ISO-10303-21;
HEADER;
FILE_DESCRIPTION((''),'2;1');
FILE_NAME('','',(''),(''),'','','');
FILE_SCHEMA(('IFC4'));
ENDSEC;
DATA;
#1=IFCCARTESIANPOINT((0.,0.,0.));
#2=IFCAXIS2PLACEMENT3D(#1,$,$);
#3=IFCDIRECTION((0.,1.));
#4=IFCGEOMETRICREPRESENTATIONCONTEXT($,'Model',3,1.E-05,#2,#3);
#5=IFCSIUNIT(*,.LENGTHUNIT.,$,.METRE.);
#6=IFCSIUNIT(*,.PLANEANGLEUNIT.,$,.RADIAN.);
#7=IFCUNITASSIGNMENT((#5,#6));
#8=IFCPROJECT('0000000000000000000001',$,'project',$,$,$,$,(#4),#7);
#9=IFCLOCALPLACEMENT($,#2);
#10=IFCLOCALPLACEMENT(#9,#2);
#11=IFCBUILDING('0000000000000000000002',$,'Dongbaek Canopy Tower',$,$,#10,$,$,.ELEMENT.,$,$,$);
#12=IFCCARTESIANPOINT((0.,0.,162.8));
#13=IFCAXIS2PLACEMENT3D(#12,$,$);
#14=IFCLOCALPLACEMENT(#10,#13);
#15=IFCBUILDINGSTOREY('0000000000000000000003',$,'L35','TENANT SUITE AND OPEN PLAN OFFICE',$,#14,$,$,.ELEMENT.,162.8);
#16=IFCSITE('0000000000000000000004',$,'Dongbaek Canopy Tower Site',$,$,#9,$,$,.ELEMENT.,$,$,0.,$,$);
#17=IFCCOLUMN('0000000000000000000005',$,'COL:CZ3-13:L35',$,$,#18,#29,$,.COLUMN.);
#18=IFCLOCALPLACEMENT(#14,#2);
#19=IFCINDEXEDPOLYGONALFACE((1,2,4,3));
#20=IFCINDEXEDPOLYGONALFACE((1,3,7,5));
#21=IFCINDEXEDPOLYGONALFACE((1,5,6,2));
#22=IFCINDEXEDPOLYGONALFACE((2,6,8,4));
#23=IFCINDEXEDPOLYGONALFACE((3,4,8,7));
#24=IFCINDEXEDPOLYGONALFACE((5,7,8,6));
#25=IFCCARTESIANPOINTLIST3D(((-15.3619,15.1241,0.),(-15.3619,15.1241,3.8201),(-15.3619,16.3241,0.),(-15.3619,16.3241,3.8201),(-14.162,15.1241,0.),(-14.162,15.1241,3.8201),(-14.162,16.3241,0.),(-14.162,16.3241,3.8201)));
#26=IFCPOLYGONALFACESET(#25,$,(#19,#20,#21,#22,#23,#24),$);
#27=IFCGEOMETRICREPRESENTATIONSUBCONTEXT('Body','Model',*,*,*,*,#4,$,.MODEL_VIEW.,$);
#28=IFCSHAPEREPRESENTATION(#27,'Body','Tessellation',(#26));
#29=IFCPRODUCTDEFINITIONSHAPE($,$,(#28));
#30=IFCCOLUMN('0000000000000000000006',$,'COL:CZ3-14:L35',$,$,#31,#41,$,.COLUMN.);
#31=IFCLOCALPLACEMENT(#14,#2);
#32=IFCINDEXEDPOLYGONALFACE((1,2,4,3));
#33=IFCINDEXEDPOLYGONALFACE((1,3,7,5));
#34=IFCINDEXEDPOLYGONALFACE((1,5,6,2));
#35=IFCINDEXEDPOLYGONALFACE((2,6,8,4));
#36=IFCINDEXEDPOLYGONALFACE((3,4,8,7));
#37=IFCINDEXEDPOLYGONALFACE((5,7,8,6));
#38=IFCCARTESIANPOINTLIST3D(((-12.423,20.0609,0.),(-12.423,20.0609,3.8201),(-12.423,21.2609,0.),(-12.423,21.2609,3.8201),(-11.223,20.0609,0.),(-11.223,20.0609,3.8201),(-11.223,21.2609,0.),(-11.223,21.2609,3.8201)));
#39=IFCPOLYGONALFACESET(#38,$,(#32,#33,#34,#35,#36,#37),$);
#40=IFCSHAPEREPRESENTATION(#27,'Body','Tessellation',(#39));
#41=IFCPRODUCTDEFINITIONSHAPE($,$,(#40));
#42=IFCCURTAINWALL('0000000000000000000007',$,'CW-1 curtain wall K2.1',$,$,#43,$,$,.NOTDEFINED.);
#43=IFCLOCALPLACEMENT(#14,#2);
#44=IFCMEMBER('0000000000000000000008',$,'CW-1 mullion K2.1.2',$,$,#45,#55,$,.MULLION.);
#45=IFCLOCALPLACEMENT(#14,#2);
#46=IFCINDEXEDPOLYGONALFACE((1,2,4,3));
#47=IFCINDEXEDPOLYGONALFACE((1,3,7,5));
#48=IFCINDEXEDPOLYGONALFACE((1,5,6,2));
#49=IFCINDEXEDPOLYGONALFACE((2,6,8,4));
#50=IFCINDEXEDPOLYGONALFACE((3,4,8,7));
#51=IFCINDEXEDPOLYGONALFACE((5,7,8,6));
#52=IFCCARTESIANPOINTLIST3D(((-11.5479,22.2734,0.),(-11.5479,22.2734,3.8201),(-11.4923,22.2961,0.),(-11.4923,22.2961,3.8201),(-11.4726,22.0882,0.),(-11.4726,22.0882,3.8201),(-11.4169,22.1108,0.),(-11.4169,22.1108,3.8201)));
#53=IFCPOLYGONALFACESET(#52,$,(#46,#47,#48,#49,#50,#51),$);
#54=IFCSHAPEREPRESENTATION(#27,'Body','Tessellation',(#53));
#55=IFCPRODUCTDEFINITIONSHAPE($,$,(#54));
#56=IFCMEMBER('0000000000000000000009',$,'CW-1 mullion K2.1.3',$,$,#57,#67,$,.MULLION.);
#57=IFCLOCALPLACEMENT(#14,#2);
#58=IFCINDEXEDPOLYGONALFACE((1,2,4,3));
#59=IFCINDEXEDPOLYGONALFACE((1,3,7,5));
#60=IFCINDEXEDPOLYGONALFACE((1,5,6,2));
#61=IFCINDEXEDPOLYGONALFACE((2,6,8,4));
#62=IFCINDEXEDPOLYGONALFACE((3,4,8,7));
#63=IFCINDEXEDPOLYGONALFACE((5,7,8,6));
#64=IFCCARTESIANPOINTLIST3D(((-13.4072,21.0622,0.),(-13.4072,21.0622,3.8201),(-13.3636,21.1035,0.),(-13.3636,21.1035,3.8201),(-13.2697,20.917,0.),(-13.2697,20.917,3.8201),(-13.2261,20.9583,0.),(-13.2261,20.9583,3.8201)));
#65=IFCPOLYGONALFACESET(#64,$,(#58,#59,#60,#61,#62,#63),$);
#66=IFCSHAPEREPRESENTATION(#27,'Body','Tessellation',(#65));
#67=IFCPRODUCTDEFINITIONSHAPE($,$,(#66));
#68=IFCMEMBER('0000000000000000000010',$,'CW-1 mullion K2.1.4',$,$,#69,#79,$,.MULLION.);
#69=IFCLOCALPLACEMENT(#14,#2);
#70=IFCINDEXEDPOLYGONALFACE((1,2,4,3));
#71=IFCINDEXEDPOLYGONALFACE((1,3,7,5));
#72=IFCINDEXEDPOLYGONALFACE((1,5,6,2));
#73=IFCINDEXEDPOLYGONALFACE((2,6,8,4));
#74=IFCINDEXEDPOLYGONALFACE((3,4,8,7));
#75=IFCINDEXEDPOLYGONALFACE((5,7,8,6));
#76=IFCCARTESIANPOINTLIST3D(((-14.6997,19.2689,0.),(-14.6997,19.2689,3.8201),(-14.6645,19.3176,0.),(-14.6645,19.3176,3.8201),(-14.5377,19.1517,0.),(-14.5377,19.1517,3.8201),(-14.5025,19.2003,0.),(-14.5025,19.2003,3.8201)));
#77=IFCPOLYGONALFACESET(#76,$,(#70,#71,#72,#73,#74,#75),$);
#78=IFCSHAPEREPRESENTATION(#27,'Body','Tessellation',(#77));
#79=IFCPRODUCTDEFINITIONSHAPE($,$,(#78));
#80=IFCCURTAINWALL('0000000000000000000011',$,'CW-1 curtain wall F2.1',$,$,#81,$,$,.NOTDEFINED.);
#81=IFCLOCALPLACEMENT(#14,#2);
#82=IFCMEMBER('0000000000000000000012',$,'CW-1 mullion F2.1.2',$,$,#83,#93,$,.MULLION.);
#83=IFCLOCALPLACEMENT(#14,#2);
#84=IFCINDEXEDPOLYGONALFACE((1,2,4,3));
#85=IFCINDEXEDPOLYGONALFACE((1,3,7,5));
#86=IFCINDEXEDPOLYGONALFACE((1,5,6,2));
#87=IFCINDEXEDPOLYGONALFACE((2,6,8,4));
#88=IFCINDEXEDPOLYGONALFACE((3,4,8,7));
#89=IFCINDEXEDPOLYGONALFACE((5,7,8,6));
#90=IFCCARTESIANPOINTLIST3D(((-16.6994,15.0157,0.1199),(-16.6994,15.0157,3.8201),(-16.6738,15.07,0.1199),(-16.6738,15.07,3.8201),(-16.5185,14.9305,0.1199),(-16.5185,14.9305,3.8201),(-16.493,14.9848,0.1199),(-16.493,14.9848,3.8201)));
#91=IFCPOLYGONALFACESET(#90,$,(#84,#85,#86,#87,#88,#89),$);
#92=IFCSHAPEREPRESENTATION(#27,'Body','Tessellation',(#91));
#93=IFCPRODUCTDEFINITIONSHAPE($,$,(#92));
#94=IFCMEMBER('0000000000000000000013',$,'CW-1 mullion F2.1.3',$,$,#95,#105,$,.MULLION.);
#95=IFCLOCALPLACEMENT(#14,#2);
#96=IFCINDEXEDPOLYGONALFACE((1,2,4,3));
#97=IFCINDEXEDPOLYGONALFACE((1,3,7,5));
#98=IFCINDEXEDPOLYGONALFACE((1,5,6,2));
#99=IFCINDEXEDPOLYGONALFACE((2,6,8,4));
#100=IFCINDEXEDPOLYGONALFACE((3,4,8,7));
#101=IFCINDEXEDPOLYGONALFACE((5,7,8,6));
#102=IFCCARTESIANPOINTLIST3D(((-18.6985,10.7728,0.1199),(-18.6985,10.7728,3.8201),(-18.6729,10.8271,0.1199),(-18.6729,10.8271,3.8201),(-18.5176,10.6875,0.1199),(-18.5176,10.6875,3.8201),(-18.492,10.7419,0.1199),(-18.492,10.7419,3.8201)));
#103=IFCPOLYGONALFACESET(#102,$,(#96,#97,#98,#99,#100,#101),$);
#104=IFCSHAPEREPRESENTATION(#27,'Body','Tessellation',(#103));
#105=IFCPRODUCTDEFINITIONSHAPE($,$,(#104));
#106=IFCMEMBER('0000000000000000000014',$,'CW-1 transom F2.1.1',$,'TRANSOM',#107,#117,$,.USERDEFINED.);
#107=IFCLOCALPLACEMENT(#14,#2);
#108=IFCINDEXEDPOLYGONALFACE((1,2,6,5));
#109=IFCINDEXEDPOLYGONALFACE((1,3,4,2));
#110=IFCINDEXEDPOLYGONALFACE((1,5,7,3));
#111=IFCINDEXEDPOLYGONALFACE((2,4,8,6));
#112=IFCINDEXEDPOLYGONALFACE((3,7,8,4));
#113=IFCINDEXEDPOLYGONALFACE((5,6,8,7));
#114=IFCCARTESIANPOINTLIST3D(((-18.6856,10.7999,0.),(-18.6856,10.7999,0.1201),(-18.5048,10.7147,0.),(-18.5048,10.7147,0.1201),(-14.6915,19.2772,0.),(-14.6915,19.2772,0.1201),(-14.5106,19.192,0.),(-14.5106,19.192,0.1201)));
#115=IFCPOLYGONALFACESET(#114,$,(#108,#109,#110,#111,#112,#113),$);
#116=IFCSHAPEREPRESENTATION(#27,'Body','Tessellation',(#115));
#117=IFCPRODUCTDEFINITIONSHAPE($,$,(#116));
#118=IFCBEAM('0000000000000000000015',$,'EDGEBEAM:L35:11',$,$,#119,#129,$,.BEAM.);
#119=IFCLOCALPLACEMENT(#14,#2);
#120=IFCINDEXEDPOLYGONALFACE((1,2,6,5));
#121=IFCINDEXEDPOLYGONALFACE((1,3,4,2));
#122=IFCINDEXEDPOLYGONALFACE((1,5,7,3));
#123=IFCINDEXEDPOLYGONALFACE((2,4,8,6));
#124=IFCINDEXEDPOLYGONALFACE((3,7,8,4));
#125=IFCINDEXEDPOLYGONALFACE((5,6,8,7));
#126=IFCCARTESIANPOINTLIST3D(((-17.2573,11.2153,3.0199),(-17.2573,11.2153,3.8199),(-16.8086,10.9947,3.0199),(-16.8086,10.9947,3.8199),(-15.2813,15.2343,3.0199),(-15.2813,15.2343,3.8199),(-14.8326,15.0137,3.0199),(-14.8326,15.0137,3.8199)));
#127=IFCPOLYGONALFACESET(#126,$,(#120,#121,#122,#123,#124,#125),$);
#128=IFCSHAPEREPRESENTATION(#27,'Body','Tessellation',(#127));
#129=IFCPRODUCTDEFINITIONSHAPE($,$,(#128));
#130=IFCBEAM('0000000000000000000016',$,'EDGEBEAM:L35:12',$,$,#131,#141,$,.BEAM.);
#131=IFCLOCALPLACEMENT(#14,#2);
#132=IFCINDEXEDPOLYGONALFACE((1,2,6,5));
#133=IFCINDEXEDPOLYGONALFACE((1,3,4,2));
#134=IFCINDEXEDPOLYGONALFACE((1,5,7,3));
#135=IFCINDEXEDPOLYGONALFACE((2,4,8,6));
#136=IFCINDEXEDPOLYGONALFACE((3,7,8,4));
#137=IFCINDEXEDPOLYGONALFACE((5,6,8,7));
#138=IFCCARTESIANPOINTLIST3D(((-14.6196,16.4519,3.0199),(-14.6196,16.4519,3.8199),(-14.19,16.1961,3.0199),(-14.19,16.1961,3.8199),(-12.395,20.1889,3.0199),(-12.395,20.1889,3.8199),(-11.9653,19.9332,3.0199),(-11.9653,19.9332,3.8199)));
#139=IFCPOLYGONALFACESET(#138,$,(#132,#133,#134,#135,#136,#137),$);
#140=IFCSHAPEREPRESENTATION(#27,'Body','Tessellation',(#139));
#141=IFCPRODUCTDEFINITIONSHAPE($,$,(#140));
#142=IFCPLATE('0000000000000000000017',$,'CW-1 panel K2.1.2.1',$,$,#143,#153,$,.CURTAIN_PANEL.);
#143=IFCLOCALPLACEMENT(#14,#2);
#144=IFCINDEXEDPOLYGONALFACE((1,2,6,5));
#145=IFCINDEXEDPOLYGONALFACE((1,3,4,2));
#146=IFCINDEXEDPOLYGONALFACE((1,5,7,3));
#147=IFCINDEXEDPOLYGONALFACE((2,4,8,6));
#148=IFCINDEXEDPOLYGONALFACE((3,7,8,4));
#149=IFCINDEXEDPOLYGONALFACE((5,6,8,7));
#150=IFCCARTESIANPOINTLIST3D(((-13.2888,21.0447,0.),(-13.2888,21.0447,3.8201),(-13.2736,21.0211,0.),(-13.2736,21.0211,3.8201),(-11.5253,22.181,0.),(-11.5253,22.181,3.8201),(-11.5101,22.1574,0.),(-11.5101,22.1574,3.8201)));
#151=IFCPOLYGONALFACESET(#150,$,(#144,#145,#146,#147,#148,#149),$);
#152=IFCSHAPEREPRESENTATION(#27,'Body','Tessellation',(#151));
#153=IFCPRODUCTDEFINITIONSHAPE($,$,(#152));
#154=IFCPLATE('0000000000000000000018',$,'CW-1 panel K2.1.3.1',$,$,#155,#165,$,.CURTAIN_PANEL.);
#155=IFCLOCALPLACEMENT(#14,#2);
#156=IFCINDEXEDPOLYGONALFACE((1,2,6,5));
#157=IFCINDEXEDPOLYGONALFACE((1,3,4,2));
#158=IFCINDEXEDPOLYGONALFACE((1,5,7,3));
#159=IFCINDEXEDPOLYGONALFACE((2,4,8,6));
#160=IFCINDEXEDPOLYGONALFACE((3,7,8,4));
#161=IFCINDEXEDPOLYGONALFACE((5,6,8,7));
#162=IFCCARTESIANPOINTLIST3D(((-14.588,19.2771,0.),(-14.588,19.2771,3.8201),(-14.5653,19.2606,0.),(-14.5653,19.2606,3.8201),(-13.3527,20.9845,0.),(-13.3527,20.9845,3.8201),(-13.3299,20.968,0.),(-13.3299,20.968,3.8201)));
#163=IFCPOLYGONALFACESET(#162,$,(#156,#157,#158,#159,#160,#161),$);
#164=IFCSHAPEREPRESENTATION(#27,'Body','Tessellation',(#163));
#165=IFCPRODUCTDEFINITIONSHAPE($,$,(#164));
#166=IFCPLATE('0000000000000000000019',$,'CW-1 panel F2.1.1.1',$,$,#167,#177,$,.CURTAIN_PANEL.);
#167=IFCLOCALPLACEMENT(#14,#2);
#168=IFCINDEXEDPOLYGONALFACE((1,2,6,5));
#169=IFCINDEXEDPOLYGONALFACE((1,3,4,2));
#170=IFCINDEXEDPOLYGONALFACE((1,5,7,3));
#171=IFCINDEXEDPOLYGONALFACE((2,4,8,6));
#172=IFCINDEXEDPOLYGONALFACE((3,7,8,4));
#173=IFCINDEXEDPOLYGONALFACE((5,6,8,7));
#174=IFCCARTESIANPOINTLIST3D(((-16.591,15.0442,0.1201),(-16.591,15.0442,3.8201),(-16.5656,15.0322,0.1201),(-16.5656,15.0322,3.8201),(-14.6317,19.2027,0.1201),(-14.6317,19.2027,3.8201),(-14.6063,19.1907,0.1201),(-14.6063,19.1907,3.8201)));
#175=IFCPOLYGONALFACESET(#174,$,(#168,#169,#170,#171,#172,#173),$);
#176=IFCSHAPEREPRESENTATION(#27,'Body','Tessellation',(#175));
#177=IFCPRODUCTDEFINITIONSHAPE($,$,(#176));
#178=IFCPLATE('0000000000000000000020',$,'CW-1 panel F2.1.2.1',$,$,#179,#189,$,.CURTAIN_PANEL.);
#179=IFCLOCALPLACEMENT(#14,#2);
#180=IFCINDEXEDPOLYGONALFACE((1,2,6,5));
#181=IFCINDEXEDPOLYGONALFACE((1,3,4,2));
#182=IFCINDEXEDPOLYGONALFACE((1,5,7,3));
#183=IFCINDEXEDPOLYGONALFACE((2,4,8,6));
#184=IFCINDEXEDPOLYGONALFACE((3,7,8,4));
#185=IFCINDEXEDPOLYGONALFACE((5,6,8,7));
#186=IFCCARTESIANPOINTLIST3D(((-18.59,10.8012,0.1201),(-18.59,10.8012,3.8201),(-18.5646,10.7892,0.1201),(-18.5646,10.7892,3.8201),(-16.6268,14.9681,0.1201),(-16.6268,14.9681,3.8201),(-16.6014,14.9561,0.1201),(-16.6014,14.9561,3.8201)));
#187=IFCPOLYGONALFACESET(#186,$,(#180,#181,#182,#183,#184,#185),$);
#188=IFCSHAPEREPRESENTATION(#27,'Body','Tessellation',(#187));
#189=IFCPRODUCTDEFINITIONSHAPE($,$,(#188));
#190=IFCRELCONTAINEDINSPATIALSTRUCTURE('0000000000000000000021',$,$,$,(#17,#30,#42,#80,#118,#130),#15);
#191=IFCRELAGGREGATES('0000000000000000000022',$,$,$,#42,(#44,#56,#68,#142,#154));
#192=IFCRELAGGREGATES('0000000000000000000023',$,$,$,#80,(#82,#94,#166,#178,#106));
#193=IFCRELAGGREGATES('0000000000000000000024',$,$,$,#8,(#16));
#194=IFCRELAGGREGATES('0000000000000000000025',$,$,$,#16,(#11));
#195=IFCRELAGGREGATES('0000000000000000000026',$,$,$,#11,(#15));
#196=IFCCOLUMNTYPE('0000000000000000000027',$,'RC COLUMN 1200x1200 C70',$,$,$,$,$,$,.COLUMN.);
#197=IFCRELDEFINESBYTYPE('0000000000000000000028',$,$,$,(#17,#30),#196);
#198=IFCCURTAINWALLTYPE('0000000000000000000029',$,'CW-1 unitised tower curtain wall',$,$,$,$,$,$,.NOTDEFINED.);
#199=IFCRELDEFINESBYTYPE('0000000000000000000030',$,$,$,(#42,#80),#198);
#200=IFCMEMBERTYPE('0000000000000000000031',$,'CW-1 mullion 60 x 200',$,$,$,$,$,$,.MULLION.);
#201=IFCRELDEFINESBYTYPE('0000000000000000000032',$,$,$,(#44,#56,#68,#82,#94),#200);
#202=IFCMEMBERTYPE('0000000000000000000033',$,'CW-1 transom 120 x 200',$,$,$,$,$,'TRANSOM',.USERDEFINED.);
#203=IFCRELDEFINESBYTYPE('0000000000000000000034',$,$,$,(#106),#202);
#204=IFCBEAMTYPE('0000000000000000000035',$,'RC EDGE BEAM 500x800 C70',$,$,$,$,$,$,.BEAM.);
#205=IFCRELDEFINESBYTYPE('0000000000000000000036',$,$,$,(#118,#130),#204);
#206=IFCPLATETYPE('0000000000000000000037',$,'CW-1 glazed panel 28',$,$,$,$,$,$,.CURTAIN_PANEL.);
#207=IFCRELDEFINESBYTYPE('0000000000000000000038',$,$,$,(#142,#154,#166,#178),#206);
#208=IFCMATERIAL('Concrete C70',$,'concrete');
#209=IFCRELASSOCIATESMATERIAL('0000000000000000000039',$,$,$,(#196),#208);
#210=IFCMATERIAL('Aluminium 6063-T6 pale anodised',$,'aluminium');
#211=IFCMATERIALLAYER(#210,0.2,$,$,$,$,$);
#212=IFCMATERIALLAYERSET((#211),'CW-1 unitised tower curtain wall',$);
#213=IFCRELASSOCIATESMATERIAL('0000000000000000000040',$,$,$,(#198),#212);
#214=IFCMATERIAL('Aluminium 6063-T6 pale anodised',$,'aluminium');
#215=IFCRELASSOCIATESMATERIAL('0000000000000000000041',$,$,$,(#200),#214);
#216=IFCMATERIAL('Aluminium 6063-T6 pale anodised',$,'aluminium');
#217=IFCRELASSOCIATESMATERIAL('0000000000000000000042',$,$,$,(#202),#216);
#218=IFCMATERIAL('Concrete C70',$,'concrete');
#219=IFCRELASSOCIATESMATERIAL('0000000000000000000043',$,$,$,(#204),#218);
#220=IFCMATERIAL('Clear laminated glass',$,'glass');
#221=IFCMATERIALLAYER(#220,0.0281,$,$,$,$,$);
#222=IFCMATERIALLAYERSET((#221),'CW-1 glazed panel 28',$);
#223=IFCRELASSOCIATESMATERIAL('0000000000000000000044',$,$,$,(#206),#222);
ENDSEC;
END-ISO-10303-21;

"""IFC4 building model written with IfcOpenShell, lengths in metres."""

from ifc_helpers import new_model, si_unit, direction, frame, origin, origin_2d, place, context, subcontext, project, spatial, rectangle, extrude, material, layer, layer_set, material_profile, profile_set, type_object, element, aggregate, save


model = new_model("IFC4")

# Units and contexts
model_context = context("Model", 3, precision=1e-05, world=origin(), true_north=direction((0.0, 1.0)))
body_context = subcontext(model_context, "Body", "Model", "MODEL_VIEW")
ifc_project = project(units=[si_unit("LENGTHUNIT", "METRE"), si_unit("PLANEANGLEUNIT", "RADIAN")], contexts=[model_context])

# Site, building, storey
site_placement = place(None, origin())
site = spatial("IfcSite", under=ifc_project, at=site_placement, Name="Dongbaek Canopy Tower Site", CompositionType="ELEMENT", RefElevation=0.0)
building_placement = place(site_placement, origin())
building = spatial("IfcBuilding", under=site, at=building_placement, Name="Dongbaek Canopy Tower", CompositionType="ELEMENT")
storey_placement = place(building_placement, frame((0.0, 0.0, 162.8)))
storey = spatial("IfcBuildingStorey", under=building, at=storey_placement, Name="L35", Description="TENANT SUITE AND OPEN PLAN OFFICE", CompositionType="ELEMENT", Elevation=162.8)

# Columns
ifc_material_1 = material(Name="Concrete C70", Category="concrete")
ifc_material_profile_1 = material_profile(ifc_material_1, rectangle(XDim=1.2, YDim=1.2, at=origin_2d()), Name="RC COLUMN 1200x1200 C70")
ifc_profile_set_1 = profile_set([ifc_material_profile_1], Name="Concrete C70")
column_type = type_object("IfcColumnType", Name="RC COLUMN 1200x1200 C70", PredefinedType="COLUMN", material=ifc_profile_set_1)
for number, where, z_axis, x_axis, name in (
    (1, (-14.762, 15.7241, 0.0), (0.0, 0.0, 1.0), (1.0, 0.0, 0.0), "COL:CZ3-13:L35"),
    (2, (-11.823, 20.6609, 0.0), (0.0, 0.0, 1.0), (1.0, 0.0, 0.0), "COL:CZ3-14:L35"),
):
    element("IfcColumn", number, at=place(storey_placement, frame(where, z_axis=z_axis, x_axis=x_axis)), inside=storey, type_object=column_type, Name=name, PredefinedType="COLUMN", context=body_context, shape_type="SweptSolid", body=[
        extrude(rectangle(XDim=1.2, YDim=1.2, at=origin_2d()), origin(), (0.0, 0.0, 1.0), 3.8201),
    ])

# Curtain walls, members
ifc_material_2 = material(Name="Aluminium 6063-T6 pale anodised", Category="aluminium")
ifc_layer_1 = layer(ifc_material_2, 0.2)
ifc_layer_set_1 = layer_set([ifc_layer_1], Name="CW-1 unitised tower curtain wall")
curtain_wall_type = type_object("IfcCurtainWallType", Name="CW-1 unitised tower curtain wall", PredefinedType="NOTDEFINED", material=ifc_layer_set_1)
curtain_wall_1_placement = place(storey_placement, origin())
curtain_wall_1 = element("IfcCurtainWall", 3, at=curtain_wall_1_placement, inside=storey, type_object=curtain_wall_type, Name="CW-1 curtain wall K2.1", PredefinedType="NOTDEFINED")
ifc_material_3 = material(Name="Aluminium 6063-T6 pale anodised", Category="aluminium")
ifc_material_profile_2 = material_profile(ifc_material_3, rectangle(XDim=0.2, YDim=0.0601, at=origin_2d()), Name="CW-1 mullion 60 x 200")
ifc_profile_set_2 = profile_set([ifc_material_profile_2], Name="Aluminium 6063-T6 pale anodised")
member_type_1 = type_object("IfcMemberType", Name="CW-1 mullion 60 x 200", PredefinedType="MULLION", material=ifc_profile_set_2)
member_1_placement = place(storey_placement, frame((-11.4824, 22.1921, 0.0), z_axis=(0.0, 0.0, 1.0), x_axis=(-0.376812, 0.92629, 0.0)))
member_1 = element("IfcMember", 4, at=member_1_placement, type_object=member_type_1, Name="CW-1 mullion K2.1.2", PredefinedType="MULLION", context=body_context, shape_type="SweptSolid", body=[
    extrude(rectangle(XDim=0.2, YDim=0.0601, at=origin_2d()), origin(), (0.0, 0.0, 1.0), 3.8201),
])
member_2_placement = place(storey_placement, frame((-13.3167, 21.0103, 0.0), z_axis=(0.0, 0.0, 1.0), x_axis=(-0.68778, 0.725919, 0.0)))
member_2 = element("IfcMember", 5, at=member_2_placement, type_object=member_type_1, Name="CW-1 mullion K2.1.3", PredefinedType="MULLION", context=body_context, shape_type="SweptSolid", body=[
    extrude(rectangle(XDim=0.2, YDim=0.0601, at=origin_2d()), origin(), (0.0, 0.0, 1.0), 3.8201),
])
member_3_placement = place(storey_placement, frame((-14.6011, 19.2346, 0.0), z_axis=(0.0, 0.0, 1.0), x_axis=(-0.810183, 0.586178, 0.0)))
member_3 = element("IfcMember", 6, at=member_3_placement, type_object=member_type_1, Name="CW-1 mullion K2.1.4", PredefinedType="MULLION", context=body_context, shape_type="SweptSolid", body=[
    extrude(rectangle(XDim=0.2, YDim=0.0601, at=origin_2d()), origin(), (0.0, 0.0, 1.0), 3.8201),
])
curtain_wall_2_placement = place(storey_placement, origin())
curtain_wall_2 = element("IfcCurtainWall", 7, at=curtain_wall_2_placement, inside=storey, type_object=curtain_wall_type, Name="CW-1 curtain wall F2.1", PredefinedType="NOTDEFINED")
member_4_placement = place(storey_placement, frame((-16.5962, 15.0002, 0.1199), z_axis=(0.0, 0.0, 1.0), x_axis=(-0.904626, 0.426207, 0.0)))
member_4 = element("IfcMember", 8, at=member_4_placement, type_object=member_type_1, Name="CW-1 mullion F2.1.2", PredefinedType="MULLION", context=body_context, shape_type="SweptSolid", body=[
    extrude(rectangle(XDim=0.2, YDim=0.0601, at=origin_2d()), origin(), (0.0, 0.0, 1.0), 3.7002),
])
member_5_placement = place(storey_placement, frame((-18.5952, 10.7573, 0.1199), z_axis=(0.0, 0.0, 1.0), x_axis=(-0.904626, 0.426207, 0.0)))
member_5 = element("IfcMember", 9, at=member_5_placement, type_object=member_type_1, Name="CW-1 mullion F2.1.3", PredefinedType="MULLION", context=body_context, shape_type="SweptSolid", body=[
    extrude(rectangle(XDim=0.2, YDim=0.0601, at=origin_2d()), origin(), (0.0, 0.0, 1.0), 3.7002),
])
ifc_material_4 = material(Name="Aluminium 6063-T6 pale anodised", Category="aluminium")
ifc_material_profile_3 = material_profile(ifc_material_4, rectangle(XDim=0.2, YDim=0.1201, at=origin_2d()), Name="CW-1 transom 120 x 200")
ifc_profile_set_3 = profile_set([ifc_material_profile_3], Name="Aluminium 6063-T6 pale anodised")
member_type_2 = type_object("IfcMemberType", Name="CW-1 transom 120 x 200", ElementType="TRANSOM", PredefinedType="USERDEFINED", material=ifc_profile_set_3)
member_6_placement = place(storey_placement, frame((-14.6011, 19.2346, 0.0601), z_axis=(-0.426219, -0.90462, 0.0), x_axis=(0.90462, -0.426219, 0.0)))
member_6 = element("IfcMember", 10, at=member_6_placement, type_object=member_type_2, Name="CW-1 transom F2.1.1", ObjectType="TRANSOM", PredefinedType="USERDEFINED", context=body_context, shape_type="SweptSolid", body=[
    extrude(rectangle(XDim=0.2, YDim=0.1201, at=origin_2d()), origin(), (0.0, 0.0, 1.0), 9.3711),
])

# Beams
ifc_material_5 = material(Name="Concrete C70", Category="concrete")
ifc_material_profile_4 = material_profile(ifc_material_5, rectangle(XDim=0.5, YDim=0.8, at=origin_2d()), Name="RC EDGE BEAM 500x800 C70")
ifc_profile_set_4 = profile_set([ifc_material_profile_4], Name="Concrete C70")
beam_type = type_object("IfcBeamType", Name="RC EDGE BEAM 500x800 C70", PredefinedType="BEAM", material=ifc_profile_set_4)
beam_1_placement = place(storey_placement, frame((-17.033, 11.105, 3.4199), z_axis=(0.441229, 0.897395, 0.0), x_axis=(-0.897395, 0.441229, 0.0)))
element("IfcBeam", 11, at=beam_1_placement, inside=storey, type_object=beam_type, Name="EDGEBEAM:L35:11", PredefinedType="BEAM", context=body_context, shape_type="SweptSolid", body=[
    extrude(rectangle(XDim=0.5, YDim=0.8, at=origin_2d()), origin(), (0.0, 0.0, 1.0), 4.4785),
])
beam_2_placement = place(storey_placement, frame((-14.4048, 16.324, 3.4199), z_axis=(0.511512, 0.859276, 0.0), x_axis=(-0.859276, 0.511512, 0.0)))
element("IfcBeam", 12, at=beam_2_placement, inside=storey, type_object=beam_type, Name="EDGEBEAM:L35:12", PredefinedType="BEAM", context=body_context, shape_type="SweptSolid", body=[
    extrude(rectangle(XDim=0.5, YDim=0.8, at=origin_2d()), origin(), (0.0, 0.0, 1.0), 4.3491),
])

# Plates
ifc_material_6 = material(Name="Clear laminated glass", Category="glass")
ifc_layer_2 = layer(ifc_material_6, 0.0281)
ifc_layer_set_2 = layer_set([ifc_layer_2], Name="CW-1 glazed panel 28")
plate_type = type_object("IfcPlateType", Name="CW-1 glazed panel 28", PredefinedType="CURTAIN_PANEL", material=ifc_layer_set_2)
plate_1_placement = place(storey_placement, frame((-12.3994, 21.6011, 0.0), z_axis=(0.0, 0.0, 1.0), x_axis=(-0.840609, -0.541642, 0.0)))
plate_1 = element("IfcPlate", 13, at=plate_1_placement, type_object=plate_type, Name="CW-1 panel K2.1.2.1", PredefinedType="CURTAIN_PANEL", context=body_context, shape_type="SweptSolid", body=[
    extrude(rectangle(XDim=2.0979, YDim=0.0281, at=origin_2d()), origin(), (0.0, 0.0, 1.0), 3.8201),
])
plate_2_placement = place(storey_placement, frame((-13.959, 20.1226, 0.0), z_axis=(0.0, 0.0, 1.0), x_axis=(-0.586178, -0.810183, 0.0)))
plate_2 = element("IfcPlate", 14, at=plate_2_placement, type_object=plate_type, Name="CW-1 panel K2.1.3.1", PredefinedType="CURTAIN_PANEL", context=body_context, shape_type="SweptSolid", body=[
    extrude(rectangle(XDim=2.1074, YDim=0.0281, at=origin_2d()), origin(), (0.0, 0.0, 1.0), 3.8201),
])
aggregate(curtain_wall_1, [member_1, member_2, member_3, plate_1, plate_2])
plate_3_placement = place(storey_placement, frame((-15.5986, 17.1174, 0.1201), z_axis=(0.0, 0.0, 1.0), x_axis=(-0.426207, -0.904626, 0.0)))
plate_3 = element("IfcPlate", 15, at=plate_3_placement, type_object=plate_type, Name="CW-1 panel F2.1.1.1", PredefinedType="CURTAIN_PANEL", context=body_context, shape_type="SweptSolid", body=[
    extrude(rectangle(XDim=4.5969, YDim=0.0281, at=origin_2d()), origin(), (0.0, 0.0, 1.0), 3.7),
])
plate_4_placement = place(storey_placement, frame((-17.5957, 12.8787, 0.1201), z_axis=(0.0, 0.0, 1.0), x_axis=(-0.426207, -0.904626, 0.0)))
plate_4 = element("IfcPlate", 16, at=plate_4_placement, type_object=plate_type, Name="CW-1 panel F2.1.2.1", PredefinedType="CURTAIN_PANEL", context=body_context, shape_type="SweptSolid", body=[
    extrude(rectangle(XDim=4.6062, YDim=0.0281, at=origin_2d()), origin(), (0.0, 0.0, 1.0), 3.7),
])

aggregate(curtain_wall_2, [member_4, member_5, plate_3, plate_4, member_6])

save(model, "model.ifc")
